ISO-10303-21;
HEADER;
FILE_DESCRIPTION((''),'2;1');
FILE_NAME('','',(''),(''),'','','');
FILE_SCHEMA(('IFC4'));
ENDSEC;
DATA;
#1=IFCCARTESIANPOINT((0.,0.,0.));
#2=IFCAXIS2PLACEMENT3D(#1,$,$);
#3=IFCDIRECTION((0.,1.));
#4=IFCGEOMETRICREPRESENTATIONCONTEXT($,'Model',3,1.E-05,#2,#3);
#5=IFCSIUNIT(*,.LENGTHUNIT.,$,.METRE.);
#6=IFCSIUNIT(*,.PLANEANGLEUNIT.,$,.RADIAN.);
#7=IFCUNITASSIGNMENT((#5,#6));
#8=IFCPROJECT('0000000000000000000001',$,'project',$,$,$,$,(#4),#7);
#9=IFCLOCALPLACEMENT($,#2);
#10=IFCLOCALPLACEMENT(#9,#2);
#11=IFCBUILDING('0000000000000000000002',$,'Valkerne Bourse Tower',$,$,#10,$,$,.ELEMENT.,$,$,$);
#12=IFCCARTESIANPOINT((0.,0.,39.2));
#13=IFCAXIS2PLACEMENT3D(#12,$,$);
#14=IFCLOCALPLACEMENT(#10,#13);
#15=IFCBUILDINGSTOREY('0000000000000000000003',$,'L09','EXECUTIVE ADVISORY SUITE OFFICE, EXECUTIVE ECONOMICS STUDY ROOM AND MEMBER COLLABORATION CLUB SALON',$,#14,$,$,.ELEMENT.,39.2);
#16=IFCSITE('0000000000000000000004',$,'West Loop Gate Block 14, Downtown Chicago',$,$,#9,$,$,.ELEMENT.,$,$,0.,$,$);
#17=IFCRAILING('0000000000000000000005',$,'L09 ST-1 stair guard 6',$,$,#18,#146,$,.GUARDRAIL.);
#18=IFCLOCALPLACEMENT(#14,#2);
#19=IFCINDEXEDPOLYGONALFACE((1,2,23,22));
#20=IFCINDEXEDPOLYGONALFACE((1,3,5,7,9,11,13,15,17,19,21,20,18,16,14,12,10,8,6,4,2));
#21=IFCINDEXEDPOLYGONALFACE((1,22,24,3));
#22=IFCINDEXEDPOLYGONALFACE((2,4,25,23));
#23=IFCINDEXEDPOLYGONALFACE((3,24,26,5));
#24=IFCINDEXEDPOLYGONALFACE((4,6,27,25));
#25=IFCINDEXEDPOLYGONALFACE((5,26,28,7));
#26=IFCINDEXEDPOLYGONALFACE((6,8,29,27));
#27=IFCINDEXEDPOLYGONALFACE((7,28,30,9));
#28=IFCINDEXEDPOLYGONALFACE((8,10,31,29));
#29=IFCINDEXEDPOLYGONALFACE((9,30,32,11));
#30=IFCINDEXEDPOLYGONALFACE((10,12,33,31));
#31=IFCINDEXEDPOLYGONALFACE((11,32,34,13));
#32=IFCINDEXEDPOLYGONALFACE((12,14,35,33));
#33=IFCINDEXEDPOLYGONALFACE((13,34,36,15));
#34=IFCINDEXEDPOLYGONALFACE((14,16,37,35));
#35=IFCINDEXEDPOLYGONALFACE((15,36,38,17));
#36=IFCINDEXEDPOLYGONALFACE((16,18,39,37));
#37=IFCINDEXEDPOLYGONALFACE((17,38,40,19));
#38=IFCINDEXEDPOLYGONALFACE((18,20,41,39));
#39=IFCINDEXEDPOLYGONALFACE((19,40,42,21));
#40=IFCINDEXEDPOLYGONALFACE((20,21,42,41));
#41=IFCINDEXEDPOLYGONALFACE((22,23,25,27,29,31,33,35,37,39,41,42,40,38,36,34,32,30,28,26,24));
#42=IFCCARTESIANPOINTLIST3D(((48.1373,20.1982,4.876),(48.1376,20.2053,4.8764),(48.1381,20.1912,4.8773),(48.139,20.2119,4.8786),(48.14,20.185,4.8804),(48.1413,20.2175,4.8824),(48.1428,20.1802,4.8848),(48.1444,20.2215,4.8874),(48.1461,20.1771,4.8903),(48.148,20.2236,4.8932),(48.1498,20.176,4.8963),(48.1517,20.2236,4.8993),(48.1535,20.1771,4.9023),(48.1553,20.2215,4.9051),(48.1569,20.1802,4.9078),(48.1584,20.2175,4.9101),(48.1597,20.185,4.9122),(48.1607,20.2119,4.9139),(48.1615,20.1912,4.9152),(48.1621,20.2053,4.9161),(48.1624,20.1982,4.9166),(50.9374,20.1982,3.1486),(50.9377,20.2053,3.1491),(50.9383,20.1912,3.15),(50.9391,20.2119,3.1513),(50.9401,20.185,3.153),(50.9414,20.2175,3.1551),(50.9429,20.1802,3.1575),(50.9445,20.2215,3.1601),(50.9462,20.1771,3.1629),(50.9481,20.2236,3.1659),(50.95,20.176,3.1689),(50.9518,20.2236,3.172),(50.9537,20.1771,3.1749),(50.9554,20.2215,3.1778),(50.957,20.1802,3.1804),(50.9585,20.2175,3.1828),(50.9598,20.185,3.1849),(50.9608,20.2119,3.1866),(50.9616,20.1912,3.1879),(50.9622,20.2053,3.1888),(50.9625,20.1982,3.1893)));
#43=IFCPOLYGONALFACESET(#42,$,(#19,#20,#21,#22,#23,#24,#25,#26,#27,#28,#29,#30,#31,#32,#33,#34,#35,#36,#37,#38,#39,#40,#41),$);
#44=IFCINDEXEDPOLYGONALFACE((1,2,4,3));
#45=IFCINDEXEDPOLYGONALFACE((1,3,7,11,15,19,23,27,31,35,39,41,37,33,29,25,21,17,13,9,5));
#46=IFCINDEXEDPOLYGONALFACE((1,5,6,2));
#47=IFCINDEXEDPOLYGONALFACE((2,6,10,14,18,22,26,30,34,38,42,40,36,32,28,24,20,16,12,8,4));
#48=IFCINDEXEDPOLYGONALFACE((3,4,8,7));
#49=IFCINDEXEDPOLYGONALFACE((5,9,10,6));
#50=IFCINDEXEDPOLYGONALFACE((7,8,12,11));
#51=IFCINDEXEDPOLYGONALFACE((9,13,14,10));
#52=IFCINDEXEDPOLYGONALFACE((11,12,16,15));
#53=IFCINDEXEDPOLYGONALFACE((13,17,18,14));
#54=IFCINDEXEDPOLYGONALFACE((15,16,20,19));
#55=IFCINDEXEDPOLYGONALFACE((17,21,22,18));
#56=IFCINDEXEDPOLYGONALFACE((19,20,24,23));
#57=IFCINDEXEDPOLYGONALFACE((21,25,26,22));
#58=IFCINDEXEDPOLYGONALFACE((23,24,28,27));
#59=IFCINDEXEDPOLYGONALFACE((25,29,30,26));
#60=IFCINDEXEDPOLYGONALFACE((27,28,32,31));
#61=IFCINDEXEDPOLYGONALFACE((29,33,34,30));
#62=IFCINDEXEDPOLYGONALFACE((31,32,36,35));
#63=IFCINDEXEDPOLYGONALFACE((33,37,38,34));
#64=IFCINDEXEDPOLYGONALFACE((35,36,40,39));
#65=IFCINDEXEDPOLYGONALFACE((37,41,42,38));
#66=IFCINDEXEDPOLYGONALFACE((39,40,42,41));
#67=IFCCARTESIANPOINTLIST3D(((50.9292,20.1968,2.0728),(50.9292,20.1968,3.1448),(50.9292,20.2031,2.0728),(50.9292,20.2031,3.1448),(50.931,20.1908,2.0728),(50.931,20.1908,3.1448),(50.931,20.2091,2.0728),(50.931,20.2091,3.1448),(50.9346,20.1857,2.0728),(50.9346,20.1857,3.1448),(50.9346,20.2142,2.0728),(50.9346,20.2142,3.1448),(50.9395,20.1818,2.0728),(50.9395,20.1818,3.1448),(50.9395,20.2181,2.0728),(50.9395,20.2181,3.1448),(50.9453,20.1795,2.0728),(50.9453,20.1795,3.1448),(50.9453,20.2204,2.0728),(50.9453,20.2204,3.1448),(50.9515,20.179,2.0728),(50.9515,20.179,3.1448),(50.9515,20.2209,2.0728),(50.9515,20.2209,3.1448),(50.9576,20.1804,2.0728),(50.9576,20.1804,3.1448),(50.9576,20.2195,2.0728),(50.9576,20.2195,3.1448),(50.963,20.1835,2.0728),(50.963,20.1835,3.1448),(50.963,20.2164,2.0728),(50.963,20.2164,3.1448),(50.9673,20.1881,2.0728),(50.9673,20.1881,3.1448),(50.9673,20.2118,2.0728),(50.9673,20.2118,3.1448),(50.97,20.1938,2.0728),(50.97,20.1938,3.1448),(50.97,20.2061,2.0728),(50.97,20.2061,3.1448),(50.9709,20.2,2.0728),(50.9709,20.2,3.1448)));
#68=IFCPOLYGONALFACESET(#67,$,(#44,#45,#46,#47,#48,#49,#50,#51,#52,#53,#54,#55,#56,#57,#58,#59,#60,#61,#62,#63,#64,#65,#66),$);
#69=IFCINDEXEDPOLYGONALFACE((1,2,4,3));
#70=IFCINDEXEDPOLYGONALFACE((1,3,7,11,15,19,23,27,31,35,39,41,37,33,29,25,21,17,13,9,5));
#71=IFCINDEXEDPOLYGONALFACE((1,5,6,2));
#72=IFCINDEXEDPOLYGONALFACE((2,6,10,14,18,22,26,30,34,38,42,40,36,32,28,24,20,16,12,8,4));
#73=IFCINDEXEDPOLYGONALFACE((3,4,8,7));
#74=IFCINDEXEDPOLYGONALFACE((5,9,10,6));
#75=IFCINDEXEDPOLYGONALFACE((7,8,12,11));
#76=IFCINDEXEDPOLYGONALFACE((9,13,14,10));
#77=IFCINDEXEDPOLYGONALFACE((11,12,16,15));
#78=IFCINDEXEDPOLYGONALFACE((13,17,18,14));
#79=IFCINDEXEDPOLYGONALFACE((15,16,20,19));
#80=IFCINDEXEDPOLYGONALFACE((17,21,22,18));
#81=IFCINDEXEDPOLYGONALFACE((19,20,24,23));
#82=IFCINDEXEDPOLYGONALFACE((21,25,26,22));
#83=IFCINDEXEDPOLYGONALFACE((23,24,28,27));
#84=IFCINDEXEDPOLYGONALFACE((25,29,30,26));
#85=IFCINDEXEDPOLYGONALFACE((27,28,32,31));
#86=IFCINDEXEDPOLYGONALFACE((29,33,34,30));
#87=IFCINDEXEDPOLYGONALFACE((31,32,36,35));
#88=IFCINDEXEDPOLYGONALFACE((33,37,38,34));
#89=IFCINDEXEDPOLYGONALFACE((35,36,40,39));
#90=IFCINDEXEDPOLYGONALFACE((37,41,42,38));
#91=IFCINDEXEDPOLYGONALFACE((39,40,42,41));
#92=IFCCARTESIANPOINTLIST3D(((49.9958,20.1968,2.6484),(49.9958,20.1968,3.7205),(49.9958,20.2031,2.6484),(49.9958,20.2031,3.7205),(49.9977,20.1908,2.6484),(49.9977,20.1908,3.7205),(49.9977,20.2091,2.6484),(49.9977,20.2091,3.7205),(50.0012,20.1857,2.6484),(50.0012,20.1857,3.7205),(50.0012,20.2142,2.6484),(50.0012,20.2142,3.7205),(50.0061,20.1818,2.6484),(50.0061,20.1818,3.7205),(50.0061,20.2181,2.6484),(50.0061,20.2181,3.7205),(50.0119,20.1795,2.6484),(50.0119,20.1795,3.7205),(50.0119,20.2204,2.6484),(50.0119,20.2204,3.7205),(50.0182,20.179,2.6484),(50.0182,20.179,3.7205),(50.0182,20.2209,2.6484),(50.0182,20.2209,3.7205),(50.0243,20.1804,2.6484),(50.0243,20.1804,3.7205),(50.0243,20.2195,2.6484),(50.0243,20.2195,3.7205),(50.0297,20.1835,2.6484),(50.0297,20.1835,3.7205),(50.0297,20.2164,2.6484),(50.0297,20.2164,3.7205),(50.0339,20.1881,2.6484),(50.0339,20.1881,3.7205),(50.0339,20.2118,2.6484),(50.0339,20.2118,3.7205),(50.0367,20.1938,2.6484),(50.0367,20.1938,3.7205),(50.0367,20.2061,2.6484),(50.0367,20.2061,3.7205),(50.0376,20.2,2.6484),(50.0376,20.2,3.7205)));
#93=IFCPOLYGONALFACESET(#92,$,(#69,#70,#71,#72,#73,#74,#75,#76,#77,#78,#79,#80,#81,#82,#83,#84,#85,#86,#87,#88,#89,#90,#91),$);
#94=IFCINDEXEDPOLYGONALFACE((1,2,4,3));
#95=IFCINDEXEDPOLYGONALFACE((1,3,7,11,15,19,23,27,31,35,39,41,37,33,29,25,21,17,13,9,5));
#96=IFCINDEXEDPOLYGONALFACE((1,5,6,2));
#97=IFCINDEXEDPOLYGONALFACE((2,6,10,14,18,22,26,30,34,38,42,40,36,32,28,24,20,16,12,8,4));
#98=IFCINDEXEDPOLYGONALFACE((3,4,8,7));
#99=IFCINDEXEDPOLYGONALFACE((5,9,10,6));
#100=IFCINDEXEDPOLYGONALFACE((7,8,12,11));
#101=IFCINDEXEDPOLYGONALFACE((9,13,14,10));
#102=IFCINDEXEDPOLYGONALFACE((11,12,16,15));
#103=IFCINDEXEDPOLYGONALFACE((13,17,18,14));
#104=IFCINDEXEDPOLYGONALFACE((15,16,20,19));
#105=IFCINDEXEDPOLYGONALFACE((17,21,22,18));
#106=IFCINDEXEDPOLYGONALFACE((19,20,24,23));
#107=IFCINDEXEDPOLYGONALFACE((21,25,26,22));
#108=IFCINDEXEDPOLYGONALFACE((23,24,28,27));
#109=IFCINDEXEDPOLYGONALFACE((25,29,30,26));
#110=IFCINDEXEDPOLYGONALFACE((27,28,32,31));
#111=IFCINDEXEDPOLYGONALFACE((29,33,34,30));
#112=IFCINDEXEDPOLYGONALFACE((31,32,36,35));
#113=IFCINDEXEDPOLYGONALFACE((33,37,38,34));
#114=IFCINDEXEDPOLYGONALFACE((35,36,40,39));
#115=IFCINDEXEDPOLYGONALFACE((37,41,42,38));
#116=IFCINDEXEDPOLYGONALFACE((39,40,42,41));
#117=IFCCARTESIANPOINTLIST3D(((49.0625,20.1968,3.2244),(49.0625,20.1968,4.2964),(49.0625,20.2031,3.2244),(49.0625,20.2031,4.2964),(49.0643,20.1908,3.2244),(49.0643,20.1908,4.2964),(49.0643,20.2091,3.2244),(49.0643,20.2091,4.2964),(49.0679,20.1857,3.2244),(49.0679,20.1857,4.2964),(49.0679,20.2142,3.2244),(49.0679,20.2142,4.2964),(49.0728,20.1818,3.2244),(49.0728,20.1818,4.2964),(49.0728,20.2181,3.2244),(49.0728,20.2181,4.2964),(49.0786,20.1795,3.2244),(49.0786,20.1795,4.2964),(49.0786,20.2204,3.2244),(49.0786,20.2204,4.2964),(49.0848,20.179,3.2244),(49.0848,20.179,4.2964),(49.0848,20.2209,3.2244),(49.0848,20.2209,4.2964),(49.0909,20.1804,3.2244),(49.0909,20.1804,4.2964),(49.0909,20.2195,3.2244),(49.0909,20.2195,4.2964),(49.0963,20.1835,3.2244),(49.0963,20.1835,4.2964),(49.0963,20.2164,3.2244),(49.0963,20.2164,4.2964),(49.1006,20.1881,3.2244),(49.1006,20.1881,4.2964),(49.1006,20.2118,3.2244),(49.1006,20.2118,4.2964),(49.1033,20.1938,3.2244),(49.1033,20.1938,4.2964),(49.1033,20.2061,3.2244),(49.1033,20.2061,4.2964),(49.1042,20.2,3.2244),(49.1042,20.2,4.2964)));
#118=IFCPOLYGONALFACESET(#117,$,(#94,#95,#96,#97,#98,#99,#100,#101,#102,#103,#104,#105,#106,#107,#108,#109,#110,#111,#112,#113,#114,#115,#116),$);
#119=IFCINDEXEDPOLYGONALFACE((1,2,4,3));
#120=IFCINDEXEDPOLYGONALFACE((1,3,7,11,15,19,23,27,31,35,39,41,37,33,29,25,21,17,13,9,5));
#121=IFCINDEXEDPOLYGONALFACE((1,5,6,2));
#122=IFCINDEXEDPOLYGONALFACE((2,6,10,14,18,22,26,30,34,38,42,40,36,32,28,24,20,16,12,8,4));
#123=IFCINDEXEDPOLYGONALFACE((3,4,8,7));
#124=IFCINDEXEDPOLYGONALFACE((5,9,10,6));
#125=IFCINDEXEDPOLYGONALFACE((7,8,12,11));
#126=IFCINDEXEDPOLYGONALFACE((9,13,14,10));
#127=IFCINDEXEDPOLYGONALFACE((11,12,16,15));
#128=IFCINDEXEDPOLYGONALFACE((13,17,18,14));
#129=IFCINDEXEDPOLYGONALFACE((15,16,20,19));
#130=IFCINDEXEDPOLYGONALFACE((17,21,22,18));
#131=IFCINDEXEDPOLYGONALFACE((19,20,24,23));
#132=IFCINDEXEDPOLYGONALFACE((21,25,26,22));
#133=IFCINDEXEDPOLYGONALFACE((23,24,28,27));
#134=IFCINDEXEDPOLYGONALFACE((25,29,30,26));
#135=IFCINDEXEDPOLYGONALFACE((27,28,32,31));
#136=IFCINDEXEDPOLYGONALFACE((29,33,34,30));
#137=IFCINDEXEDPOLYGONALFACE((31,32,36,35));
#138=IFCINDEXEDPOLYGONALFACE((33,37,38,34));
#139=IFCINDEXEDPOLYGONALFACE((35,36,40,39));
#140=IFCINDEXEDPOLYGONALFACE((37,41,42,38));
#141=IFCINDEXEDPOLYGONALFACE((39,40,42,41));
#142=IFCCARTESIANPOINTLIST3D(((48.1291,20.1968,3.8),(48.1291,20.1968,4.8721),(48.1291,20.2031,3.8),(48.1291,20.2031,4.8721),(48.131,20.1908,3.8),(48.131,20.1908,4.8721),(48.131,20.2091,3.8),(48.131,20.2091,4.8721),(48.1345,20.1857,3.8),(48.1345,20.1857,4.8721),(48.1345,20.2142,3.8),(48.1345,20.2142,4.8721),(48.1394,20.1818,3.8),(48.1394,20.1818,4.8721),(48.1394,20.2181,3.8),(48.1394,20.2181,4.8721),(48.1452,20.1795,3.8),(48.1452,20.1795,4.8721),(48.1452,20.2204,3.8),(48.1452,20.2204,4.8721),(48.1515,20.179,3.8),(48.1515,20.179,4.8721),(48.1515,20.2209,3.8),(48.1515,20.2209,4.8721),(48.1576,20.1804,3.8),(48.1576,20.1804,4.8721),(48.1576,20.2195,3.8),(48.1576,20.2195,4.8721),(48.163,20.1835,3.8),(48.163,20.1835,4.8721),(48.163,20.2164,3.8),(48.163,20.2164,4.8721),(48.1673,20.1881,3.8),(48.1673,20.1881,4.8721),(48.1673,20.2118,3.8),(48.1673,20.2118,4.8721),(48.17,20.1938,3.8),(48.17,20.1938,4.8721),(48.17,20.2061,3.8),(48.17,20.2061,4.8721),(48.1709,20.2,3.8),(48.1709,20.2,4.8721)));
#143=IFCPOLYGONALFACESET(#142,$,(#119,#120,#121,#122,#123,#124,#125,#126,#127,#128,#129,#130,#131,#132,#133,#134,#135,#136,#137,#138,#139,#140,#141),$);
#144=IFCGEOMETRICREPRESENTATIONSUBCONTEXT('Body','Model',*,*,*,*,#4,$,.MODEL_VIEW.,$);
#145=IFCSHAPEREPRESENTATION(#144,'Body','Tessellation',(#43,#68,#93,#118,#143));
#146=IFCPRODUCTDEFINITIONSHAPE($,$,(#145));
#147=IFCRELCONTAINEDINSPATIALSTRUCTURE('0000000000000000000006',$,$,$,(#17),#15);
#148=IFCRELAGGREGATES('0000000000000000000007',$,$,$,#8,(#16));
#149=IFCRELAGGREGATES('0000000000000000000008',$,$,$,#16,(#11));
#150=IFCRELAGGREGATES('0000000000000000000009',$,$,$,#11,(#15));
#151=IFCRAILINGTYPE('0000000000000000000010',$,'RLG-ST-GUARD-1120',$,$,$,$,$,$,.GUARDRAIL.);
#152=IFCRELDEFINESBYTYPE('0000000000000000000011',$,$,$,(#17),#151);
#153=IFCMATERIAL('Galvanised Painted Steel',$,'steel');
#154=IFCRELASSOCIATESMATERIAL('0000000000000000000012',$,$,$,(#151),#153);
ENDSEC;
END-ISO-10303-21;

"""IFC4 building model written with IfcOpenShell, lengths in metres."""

from ifc_helpers import new_model, si_unit, direction, frame, origin, origin_2d, place, context, subcontext, project, spatial, circle, extrude, material, type_object, element, save


model = new_model("IFC4")

# Units and contexts
model_context = context("Model", 3, precision=1e-05, world=origin(), true_north=direction((0.0, 1.0)))
body_context = subcontext(model_context, "Body", "Model", "MODEL_VIEW")
ifc_project = project(units=[si_unit("LENGTHUNIT", "METRE"), si_unit("PLANEANGLEUNIT", "RADIAN")], contexts=[model_context])

# Site, building, storey
site_placement = place(None, origin())
site = spatial("IfcSite", under=ifc_project, at=site_placement, Name="West Loop Gate Block 14, Downtown Chicago", CompositionType="ELEMENT", RefElevation=0.0)
building_placement = place(site_placement, origin())
building = spatial("IfcBuilding", under=site, at=building_placement, Name="Valkerne Bourse Tower", CompositionType="ELEMENT")
storey_placement = place(building_placement, frame((0.0, 0.0, 39.2)))
storey = spatial("IfcBuildingStorey", under=building, at=storey_placement, Name="L09", Description="EXECUTIVE ADVISORY SUITE OFFICE, EXECUTIVE ECONOMICS STUDY ROOM AND MEMBER COLLABORATION CLUB SALON", CompositionType="ELEMENT", Elevation=39.2)

# Shared definitions
ifc_material_1 = material(Name="Galvanised Painted Steel", Category="steel")

# Railing
railing_type_1 = type_object("IfcRailingType", Name="RLG-ST-GUARD-1120", PredefinedType="GUARDRAIL", material=ifc_material_1)
railing_1_placement = place(storey_placement, frame((50.95, 20.2, 2.0728)))
element("IfcRailing", 1, at=railing_1_placement, inside=storey, type_object=railing_type_1, Name="L09 ST-1 stair guard 6", PredefinedType="GUARDRAIL", context=body_context, shape_type="SweptSolid", body=[
    extrude(circle(Radius=0.0239, at=origin_2d()), frame((0.0, 0.0, 1.0962), z_axis=(-0.85109, 0.0, 0.52502), x_axis=(0.0, -1.0, 0.0)), (0.0, 0.0, 1.0), 3.29),
    extrude(circle(Radius=0.021, at=origin_2d()), origin(), (0.0, 0.0, 1.0), 1.072),
    extrude(circle(Radius=0.021, at=origin_2d()), frame((-0.9333, 0.0, 0.5757)), (0.0, 0.0, 1.0), 1.072),
    extrude(circle(Radius=0.021, at=origin_2d()), frame((-1.8667, 0.0, 1.1516)), (0.0, 0.0, 1.0), 1.072),
    extrude(circle(Radius=0.021, at=origin_2d()), frame((-2.8, 0.0, 1.7273)), (0.0, 0.0, 1.0), 1.072),
])

save(model, "model.ifc")
